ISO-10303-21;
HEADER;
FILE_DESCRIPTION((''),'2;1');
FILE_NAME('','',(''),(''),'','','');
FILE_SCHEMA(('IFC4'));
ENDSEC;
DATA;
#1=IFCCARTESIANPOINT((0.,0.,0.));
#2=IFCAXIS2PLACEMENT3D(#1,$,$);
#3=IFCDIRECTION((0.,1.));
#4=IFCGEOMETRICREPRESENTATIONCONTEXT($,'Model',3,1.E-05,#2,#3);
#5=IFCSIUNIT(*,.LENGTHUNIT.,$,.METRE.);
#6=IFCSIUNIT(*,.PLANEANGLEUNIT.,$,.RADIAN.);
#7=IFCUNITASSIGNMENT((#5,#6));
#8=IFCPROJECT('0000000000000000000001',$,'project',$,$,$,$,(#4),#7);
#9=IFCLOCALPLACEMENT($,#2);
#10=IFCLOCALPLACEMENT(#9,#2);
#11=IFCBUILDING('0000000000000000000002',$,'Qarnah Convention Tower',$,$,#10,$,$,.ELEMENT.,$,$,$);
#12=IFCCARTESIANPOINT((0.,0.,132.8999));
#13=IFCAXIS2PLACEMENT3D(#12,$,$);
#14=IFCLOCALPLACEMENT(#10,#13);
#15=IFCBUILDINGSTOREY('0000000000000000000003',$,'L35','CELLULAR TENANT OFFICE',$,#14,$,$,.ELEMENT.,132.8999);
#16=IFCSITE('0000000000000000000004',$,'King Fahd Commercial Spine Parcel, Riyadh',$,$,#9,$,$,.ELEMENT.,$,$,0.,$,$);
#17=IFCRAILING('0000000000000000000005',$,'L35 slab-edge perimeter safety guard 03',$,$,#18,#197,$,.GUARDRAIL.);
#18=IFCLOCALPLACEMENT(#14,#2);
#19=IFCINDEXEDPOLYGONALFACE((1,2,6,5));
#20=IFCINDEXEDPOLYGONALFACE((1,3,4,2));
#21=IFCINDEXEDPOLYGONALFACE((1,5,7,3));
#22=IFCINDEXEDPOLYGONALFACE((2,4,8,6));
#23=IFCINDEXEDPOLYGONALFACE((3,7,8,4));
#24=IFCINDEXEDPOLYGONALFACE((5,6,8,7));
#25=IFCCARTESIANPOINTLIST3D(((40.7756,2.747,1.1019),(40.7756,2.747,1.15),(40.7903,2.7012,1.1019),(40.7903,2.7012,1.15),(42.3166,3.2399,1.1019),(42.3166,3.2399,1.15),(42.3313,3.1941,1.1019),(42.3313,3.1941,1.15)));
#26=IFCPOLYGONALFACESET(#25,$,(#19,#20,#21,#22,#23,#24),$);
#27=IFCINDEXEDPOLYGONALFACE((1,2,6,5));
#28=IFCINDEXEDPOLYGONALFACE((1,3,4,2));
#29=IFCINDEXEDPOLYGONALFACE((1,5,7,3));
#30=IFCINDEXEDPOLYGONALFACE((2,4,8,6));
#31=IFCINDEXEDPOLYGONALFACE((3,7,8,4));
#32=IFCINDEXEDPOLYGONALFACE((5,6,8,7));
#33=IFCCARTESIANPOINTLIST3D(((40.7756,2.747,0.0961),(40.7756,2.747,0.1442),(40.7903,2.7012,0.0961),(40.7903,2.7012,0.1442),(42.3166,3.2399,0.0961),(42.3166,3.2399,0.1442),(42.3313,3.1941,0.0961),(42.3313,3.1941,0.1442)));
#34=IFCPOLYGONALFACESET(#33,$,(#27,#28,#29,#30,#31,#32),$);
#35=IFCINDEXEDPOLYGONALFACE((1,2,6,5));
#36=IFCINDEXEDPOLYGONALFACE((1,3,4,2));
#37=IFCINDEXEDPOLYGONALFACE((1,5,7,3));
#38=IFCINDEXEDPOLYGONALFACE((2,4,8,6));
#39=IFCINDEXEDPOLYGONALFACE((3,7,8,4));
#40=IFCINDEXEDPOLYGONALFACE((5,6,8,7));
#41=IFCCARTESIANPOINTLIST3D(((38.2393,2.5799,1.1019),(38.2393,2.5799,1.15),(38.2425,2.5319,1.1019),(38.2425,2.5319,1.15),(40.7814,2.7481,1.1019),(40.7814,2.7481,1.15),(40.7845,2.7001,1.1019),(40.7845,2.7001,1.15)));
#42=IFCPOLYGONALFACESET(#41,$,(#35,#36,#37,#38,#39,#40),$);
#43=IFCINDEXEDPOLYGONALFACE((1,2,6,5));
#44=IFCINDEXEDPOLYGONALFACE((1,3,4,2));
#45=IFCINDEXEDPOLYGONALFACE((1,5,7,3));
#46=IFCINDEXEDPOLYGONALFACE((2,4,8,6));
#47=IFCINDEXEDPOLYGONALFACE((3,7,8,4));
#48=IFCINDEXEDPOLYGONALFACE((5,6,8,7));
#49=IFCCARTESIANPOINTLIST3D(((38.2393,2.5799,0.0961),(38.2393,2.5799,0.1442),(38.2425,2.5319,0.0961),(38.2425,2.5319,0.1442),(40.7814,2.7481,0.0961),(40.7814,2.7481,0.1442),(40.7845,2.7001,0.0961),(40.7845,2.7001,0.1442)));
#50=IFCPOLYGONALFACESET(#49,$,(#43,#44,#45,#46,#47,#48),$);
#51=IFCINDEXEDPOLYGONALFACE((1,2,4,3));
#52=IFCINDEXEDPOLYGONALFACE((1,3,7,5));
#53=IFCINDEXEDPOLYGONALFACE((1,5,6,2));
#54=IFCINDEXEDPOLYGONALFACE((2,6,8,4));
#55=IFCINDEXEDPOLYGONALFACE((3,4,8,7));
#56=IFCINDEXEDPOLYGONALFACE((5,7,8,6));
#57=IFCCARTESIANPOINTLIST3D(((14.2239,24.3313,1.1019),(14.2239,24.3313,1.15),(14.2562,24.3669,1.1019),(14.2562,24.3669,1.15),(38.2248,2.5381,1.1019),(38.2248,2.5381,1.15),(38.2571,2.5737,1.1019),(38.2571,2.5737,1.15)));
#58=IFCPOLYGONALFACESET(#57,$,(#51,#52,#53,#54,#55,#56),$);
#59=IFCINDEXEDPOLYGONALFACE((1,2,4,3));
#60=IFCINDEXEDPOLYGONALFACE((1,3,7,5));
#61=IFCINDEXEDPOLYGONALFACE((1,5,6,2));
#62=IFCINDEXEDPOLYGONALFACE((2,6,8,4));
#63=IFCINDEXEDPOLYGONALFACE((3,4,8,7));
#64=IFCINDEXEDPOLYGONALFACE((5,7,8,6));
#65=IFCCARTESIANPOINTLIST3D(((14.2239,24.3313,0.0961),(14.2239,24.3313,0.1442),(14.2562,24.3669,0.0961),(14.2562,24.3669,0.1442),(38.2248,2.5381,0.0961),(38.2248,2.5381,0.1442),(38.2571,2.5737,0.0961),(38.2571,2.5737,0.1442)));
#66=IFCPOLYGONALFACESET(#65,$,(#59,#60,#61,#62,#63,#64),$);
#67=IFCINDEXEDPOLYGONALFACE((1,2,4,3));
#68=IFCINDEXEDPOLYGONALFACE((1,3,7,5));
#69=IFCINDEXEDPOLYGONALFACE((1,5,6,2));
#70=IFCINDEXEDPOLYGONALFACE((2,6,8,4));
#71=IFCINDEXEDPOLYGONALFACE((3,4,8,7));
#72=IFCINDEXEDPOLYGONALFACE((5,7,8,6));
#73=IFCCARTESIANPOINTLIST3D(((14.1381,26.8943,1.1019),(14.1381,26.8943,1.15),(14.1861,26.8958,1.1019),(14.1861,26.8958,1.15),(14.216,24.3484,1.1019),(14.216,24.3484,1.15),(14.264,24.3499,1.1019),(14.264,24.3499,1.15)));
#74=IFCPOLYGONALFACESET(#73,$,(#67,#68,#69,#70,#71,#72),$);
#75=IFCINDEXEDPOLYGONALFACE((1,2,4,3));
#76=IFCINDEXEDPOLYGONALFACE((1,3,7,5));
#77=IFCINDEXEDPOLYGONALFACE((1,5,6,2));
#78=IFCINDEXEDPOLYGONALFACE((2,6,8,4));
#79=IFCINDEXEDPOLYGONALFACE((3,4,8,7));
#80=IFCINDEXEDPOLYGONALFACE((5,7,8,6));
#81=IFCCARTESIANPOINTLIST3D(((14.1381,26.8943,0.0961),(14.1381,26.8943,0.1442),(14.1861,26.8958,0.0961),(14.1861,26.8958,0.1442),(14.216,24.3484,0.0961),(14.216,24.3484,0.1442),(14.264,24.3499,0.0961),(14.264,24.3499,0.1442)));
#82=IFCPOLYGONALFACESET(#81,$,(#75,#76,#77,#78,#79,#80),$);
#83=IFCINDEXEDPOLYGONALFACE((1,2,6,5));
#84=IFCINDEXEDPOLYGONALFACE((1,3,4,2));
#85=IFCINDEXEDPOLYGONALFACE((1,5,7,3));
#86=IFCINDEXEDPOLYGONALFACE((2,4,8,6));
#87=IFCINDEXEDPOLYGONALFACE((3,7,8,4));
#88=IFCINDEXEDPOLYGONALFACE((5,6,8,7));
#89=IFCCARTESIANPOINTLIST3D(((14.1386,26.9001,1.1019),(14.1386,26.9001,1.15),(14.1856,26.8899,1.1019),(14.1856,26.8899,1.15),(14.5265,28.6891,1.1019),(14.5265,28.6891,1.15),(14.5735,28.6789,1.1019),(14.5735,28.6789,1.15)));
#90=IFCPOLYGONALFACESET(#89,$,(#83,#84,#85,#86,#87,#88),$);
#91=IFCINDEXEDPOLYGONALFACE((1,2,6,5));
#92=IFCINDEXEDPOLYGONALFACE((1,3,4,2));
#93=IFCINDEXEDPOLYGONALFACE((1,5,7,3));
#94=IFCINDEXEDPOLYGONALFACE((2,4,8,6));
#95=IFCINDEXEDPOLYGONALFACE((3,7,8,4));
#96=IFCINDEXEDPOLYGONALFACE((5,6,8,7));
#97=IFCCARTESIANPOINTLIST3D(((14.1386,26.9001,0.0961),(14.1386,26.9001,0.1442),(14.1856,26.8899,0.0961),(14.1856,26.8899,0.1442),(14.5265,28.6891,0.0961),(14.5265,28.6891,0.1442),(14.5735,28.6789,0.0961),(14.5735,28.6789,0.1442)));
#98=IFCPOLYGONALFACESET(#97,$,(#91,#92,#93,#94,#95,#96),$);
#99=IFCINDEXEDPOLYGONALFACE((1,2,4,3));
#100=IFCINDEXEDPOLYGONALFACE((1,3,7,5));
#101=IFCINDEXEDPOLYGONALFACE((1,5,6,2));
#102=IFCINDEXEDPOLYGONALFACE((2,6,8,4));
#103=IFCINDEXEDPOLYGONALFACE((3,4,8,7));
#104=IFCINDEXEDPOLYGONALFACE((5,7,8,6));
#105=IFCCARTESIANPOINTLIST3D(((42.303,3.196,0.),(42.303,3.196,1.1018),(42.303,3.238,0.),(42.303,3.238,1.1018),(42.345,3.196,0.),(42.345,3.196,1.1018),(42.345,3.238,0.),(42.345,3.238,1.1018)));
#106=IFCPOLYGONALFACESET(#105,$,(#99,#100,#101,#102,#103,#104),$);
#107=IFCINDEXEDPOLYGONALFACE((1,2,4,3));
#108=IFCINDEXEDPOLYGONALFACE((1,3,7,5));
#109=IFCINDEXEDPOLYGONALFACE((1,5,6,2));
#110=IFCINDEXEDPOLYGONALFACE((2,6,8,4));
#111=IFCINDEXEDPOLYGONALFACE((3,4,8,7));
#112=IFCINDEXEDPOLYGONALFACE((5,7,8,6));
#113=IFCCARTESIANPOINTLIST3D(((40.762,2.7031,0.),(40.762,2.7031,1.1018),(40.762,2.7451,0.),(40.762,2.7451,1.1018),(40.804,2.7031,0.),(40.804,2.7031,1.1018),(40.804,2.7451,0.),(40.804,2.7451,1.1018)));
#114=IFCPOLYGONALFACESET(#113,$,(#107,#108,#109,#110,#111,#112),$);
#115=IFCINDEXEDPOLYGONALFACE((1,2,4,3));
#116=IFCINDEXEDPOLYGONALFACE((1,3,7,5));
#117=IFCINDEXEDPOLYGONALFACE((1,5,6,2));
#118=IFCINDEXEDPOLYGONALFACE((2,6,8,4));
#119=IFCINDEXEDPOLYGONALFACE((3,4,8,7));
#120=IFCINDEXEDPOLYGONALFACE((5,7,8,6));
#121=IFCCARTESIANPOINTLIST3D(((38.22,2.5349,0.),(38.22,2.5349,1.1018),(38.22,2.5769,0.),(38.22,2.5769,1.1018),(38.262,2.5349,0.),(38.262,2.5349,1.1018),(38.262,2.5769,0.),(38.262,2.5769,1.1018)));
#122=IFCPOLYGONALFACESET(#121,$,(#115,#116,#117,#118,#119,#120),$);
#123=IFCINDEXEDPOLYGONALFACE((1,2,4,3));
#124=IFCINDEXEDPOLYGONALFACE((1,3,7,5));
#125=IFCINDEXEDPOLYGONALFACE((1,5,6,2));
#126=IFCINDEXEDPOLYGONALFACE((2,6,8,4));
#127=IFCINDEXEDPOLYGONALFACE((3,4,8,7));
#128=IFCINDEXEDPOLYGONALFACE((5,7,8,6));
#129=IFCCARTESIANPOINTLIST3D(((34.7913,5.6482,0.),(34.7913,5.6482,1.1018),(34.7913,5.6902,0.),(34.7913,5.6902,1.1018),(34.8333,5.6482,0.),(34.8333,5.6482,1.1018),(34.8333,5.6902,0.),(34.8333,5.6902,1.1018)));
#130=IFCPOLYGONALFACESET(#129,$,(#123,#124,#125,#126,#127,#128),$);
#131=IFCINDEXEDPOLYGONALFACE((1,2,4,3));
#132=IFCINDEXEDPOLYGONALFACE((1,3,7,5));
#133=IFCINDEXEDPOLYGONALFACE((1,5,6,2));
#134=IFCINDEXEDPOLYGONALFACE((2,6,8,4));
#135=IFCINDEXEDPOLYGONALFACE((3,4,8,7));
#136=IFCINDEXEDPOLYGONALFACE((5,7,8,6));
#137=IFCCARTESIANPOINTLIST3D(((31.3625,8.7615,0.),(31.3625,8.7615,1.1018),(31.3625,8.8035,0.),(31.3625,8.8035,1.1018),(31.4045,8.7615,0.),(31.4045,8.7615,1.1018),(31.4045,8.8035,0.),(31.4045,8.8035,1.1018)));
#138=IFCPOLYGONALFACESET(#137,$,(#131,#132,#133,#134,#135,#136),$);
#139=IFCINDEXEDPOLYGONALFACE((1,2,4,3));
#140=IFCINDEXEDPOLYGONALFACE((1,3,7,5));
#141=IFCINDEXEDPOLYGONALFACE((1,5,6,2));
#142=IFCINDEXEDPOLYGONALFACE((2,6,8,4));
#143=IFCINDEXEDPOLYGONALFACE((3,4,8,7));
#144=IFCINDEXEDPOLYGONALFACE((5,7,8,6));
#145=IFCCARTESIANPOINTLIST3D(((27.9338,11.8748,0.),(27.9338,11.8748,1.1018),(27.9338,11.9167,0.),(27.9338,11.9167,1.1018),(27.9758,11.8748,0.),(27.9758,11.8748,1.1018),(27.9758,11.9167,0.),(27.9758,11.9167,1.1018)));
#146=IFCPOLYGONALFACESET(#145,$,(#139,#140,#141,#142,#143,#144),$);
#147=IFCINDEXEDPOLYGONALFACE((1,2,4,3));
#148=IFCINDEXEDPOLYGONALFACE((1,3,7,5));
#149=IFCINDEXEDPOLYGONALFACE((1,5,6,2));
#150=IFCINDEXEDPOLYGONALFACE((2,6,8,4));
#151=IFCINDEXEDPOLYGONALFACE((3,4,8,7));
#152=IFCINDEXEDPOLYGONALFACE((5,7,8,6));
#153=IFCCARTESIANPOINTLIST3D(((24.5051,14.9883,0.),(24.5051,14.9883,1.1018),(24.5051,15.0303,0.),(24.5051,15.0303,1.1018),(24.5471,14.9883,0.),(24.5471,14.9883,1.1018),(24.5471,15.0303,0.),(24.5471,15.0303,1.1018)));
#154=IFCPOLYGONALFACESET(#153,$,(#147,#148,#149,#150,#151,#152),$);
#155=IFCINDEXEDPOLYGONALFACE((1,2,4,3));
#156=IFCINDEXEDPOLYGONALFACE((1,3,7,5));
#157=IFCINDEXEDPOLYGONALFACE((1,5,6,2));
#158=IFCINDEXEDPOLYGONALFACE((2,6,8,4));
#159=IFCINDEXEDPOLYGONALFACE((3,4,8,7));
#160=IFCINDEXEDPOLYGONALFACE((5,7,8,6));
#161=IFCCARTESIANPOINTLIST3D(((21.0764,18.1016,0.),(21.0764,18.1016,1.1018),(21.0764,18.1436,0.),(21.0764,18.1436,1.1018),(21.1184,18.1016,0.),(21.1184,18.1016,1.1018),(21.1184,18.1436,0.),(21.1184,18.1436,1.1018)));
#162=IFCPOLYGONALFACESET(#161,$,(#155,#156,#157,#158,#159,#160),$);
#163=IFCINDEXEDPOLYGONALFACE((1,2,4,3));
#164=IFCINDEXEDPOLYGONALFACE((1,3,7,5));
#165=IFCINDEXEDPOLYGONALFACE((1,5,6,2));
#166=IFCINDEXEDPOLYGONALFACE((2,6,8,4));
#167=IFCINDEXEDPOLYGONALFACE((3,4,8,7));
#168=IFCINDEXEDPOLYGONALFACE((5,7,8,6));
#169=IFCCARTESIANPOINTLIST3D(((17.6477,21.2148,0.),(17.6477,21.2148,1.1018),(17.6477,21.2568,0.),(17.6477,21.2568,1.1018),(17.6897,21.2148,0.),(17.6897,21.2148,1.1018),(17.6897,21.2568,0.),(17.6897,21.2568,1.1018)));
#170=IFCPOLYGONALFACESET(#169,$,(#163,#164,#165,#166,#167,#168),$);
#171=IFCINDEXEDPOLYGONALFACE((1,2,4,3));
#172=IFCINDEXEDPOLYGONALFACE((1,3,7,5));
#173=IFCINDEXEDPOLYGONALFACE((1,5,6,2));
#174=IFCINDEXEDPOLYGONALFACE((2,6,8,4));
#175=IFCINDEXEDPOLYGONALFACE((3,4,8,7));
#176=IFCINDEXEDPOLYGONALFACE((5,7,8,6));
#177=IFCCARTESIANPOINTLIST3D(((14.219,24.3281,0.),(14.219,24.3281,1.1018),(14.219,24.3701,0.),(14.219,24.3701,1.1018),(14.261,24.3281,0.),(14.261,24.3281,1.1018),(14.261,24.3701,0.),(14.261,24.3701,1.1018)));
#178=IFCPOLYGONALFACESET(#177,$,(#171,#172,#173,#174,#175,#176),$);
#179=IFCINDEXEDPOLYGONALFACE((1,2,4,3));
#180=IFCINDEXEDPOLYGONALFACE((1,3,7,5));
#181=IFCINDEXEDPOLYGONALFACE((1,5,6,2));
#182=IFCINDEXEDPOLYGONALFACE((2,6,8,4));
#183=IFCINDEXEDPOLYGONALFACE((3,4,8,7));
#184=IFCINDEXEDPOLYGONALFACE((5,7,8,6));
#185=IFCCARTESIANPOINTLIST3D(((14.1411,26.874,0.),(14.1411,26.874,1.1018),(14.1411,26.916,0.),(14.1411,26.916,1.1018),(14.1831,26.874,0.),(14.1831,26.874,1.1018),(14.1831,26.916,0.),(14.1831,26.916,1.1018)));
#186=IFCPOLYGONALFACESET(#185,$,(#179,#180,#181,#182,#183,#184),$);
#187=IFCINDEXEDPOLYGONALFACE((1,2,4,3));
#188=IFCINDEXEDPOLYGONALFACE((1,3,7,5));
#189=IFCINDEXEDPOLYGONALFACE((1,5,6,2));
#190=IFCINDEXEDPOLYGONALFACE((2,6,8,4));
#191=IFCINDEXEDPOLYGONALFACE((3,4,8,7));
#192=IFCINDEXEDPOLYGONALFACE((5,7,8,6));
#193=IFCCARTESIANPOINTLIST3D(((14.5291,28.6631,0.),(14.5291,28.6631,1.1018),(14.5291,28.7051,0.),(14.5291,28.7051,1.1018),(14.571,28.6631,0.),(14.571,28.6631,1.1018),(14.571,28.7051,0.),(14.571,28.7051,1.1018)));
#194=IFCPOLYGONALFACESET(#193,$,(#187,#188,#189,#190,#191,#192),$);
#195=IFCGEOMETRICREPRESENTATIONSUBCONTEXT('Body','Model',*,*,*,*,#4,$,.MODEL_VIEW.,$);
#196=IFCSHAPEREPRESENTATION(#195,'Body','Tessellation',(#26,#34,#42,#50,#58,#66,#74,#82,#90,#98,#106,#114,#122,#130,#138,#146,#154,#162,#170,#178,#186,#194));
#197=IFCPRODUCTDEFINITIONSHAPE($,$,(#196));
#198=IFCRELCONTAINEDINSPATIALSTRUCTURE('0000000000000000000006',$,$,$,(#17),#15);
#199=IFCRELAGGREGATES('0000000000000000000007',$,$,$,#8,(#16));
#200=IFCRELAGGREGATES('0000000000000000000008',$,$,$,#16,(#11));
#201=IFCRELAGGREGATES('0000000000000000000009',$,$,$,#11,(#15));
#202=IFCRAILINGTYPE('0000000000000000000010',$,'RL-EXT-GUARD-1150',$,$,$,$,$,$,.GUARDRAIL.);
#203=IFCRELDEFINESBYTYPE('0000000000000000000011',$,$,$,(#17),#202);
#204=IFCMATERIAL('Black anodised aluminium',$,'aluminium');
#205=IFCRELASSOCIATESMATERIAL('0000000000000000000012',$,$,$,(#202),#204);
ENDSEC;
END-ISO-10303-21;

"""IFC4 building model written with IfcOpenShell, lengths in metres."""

from ifc_helpers import new_model, si_unit, direction, frame, origin, origin_2d, place, context, subcontext, project, spatial, rectangle, extrude, material, type_object, element, save


model = new_model("IFC4")

# Units and contexts
model_context = context("Model", 3, precision=1e-05, world=origin(), true_north=direction((0.0, 1.0)))
body_context = subcontext(model_context, "Body", "Model", "MODEL_VIEW")
ifc_project = project(units=[si_unit("LENGTHUNIT", "METRE"), si_unit("PLANEANGLEUNIT", "RADIAN")], contexts=[model_context])

# Site, building, storey
site_placement = place(None, origin())
site = spatial("IfcSite", under=ifc_project, at=site_placement, Name="King Fahd Commercial Spine Parcel, Riyadh", CompositionType="ELEMENT", RefElevation=0.0)
building_placement = place(site_placement, origin())
building = spatial("IfcBuilding", under=site, at=building_placement, Name="Qarnah Convention Tower", CompositionType="ELEMENT")
storey_placement = place(building_placement, frame((0.0, 0.0, 132.8999)))
storey = spatial("IfcBuildingStorey", under=building, at=storey_placement, Name="L35", Description="CELLULAR TENANT OFFICE", CompositionType="ELEMENT", Elevation=132.8999)

# Shared definitions
ifc_material_1 = material(Name="Black anodised aluminium", Category="aluminium")

# Railing
railing_type = type_object("IfcRailingType", Name="RL-EXT-GUARD-1150", PredefinedType="GUARDRAIL", material=ifc_material_1)
railing_1_placement = place(storey_placement, frame((42.324, 3.217, 0.0)))
element("IfcRailing", 1, at=railing_1_placement, inside=storey, type_object=railing_type, Name="L35 slab-edge perimeter safety guard 03", PredefinedType="GUARDRAIL", context=body_context, shape_type="SweptSolid", body=[
    extrude(rectangle(XDim=0.0481, YDim=0.0481, at=origin_2d()), frame((0.0, 0.0, 1.126), z_axis=(-0.952461, -0.304661, 0.0), x_axis=(0.304661, -0.952461, 0.0)), (0.0, 0.0, 1.0), 1.6179),
    extrude(rectangle(XDim=0.0481, YDim=0.0481, at=origin_2d()), frame((0.0, 0.0, 0.1201), z_axis=(-0.952461, -0.304661, 0.0), x_axis=(0.304661, -0.952461, 0.0)), (0.0, 0.0, 1.0), 1.6179),
    extrude(rectangle(XDim=0.0481, YDim=0.0481, at=origin_2d()), frame((-1.541, -0.4929, 1.126), z_axis=(-0.997818, -0.066029, 0.0), x_axis=(0.066029, -0.997818, 0.0)), (0.0, 0.0, 1.0), 2.5476),
    extrude(rectangle(XDim=0.0481, YDim=0.0481, at=origin_2d()), frame((-1.541, -0.4929, 0.1201), z_axis=(-0.997818, -0.066029, 0.0), x_axis=(0.066029, -0.997818, 0.0)), (0.0, 0.0, 1.0), 2.5476),
    extrude(rectangle(XDim=0.0481, YDim=0.0481, at=origin_2d()), frame((-4.083, -0.6611, 1.126), z_axis=(-0.740337, 0.672236, 0.0), x_axis=(-0.672236, -0.740337, 0.0)), (0.0, 0.0, 1.0), 32.4189),
    extrude(rectangle(XDim=0.0481, YDim=0.0481, at=origin_2d()), frame((-4.083, -0.6611, 0.1201), z_axis=(-0.740337, 0.672236, 0.0), x_axis=(-0.672236, -0.740337, 0.0)), (0.0, 0.0, 1.0), 32.4189),
    extrude(rectangle(XDim=0.0481, YDim=0.0481, at=origin_2d()), frame((-28.084, 21.1321, 1.126), z_axis=(-0.030576, 0.999532, 0.0), x_axis=(-0.999532, -0.030576, 0.0)), (0.0, 0.0, 1.0), 2.5471),
    extrude(rectangle(XDim=0.0481, YDim=0.0481, at=origin_2d()), frame((-28.084, 21.1321, 0.1201), z_axis=(-0.030576, 0.999532, 0.0), x_axis=(-0.999532, -0.030576, 0.0)), (0.0, 0.0, 1.0), 2.5471),
    extrude(rectangle(XDim=0.0481, YDim=0.0481, at=origin_2d()), frame((-28.1619, 23.678, 1.126), z_axis=(0.211915, 0.977288, 0.0), x_axis=(-0.977288, 0.211915, 0.0)), (0.0, 0.0, 1.0), 1.8306),
    extrude(rectangle(XDim=0.0481, YDim=0.0481, at=origin_2d()), frame((-28.1619, 23.678, 0.1201), z_axis=(0.211915, 0.977288, 0.0), x_axis=(-0.977288, 0.211915, 0.0)), (0.0, 0.0, 1.0), 1.8306),
    extrude(rectangle(XDim=0.042, YDim=0.042, at=origin_2d()), origin(), (0.0, 0.0, 1.0), 1.1018),
    extrude(rectangle(XDim=0.042, YDim=0.042, at=origin_2d()), frame((-1.541, -0.4929, 0.0)), (0.0, 0.0, 1.0), 1.1018),
    extrude(rectangle(XDim=0.042, YDim=0.042, at=origin_2d()), frame((-4.083, -0.6611, 0.0)), (0.0, 0.0, 1.0), 1.1018),
    extrude(rectangle(XDim=0.042, YDim=0.042, at=origin_2d()), frame((-7.5117, 2.4521, 0.0)), (0.0, 0.0, 1.0), 1.1018),
    extrude(rectangle(XDim=0.042, YDim=0.042, at=origin_2d()), frame((-10.9404, 5.5654, 0.0)), (0.0, 0.0, 1.0), 1.1018),
    extrude(rectangle(XDim=0.042, YDim=0.042, at=origin_2d()), frame((-14.3691, 8.6787, 0.0)), (0.0, 0.0, 1.0), 1.1018),
    extrude(rectangle(XDim=0.042, YDim=0.042, at=origin_2d()), frame((-17.7979, 11.7922, 0.0)), (0.0, 0.0, 1.0), 1.1018),
    extrude(rectangle(XDim=0.042, YDim=0.042, at=origin_2d()), frame((-21.2266, 14.9055, 0.0)), (0.0, 0.0, 1.0), 1.1018),
    extrude(rectangle(XDim=0.042, YDim=0.042, at=origin_2d()), frame((-24.6553, 18.0188, 0.0)), (0.0, 0.0, 1.0), 1.1018),
    extrude(rectangle(XDim=0.042, YDim=0.042, at=origin_2d()), frame((-28.084, 21.1321, 0.0)), (0.0, 0.0, 1.0), 1.1018),
    extrude(rectangle(XDim=0.042, YDim=0.042, at=origin_2d()), frame((-28.1619, 23.678, 0.0)), (0.0, 0.0, 1.0), 1.1018),
    extrude(rectangle(XDim=0.042, YDim=0.042, at=origin_2d()), frame((-27.7739, 25.467, 0.0)), (0.0, 0.0, 1.0), 1.1018),
])

save(model, "model.ifc")
